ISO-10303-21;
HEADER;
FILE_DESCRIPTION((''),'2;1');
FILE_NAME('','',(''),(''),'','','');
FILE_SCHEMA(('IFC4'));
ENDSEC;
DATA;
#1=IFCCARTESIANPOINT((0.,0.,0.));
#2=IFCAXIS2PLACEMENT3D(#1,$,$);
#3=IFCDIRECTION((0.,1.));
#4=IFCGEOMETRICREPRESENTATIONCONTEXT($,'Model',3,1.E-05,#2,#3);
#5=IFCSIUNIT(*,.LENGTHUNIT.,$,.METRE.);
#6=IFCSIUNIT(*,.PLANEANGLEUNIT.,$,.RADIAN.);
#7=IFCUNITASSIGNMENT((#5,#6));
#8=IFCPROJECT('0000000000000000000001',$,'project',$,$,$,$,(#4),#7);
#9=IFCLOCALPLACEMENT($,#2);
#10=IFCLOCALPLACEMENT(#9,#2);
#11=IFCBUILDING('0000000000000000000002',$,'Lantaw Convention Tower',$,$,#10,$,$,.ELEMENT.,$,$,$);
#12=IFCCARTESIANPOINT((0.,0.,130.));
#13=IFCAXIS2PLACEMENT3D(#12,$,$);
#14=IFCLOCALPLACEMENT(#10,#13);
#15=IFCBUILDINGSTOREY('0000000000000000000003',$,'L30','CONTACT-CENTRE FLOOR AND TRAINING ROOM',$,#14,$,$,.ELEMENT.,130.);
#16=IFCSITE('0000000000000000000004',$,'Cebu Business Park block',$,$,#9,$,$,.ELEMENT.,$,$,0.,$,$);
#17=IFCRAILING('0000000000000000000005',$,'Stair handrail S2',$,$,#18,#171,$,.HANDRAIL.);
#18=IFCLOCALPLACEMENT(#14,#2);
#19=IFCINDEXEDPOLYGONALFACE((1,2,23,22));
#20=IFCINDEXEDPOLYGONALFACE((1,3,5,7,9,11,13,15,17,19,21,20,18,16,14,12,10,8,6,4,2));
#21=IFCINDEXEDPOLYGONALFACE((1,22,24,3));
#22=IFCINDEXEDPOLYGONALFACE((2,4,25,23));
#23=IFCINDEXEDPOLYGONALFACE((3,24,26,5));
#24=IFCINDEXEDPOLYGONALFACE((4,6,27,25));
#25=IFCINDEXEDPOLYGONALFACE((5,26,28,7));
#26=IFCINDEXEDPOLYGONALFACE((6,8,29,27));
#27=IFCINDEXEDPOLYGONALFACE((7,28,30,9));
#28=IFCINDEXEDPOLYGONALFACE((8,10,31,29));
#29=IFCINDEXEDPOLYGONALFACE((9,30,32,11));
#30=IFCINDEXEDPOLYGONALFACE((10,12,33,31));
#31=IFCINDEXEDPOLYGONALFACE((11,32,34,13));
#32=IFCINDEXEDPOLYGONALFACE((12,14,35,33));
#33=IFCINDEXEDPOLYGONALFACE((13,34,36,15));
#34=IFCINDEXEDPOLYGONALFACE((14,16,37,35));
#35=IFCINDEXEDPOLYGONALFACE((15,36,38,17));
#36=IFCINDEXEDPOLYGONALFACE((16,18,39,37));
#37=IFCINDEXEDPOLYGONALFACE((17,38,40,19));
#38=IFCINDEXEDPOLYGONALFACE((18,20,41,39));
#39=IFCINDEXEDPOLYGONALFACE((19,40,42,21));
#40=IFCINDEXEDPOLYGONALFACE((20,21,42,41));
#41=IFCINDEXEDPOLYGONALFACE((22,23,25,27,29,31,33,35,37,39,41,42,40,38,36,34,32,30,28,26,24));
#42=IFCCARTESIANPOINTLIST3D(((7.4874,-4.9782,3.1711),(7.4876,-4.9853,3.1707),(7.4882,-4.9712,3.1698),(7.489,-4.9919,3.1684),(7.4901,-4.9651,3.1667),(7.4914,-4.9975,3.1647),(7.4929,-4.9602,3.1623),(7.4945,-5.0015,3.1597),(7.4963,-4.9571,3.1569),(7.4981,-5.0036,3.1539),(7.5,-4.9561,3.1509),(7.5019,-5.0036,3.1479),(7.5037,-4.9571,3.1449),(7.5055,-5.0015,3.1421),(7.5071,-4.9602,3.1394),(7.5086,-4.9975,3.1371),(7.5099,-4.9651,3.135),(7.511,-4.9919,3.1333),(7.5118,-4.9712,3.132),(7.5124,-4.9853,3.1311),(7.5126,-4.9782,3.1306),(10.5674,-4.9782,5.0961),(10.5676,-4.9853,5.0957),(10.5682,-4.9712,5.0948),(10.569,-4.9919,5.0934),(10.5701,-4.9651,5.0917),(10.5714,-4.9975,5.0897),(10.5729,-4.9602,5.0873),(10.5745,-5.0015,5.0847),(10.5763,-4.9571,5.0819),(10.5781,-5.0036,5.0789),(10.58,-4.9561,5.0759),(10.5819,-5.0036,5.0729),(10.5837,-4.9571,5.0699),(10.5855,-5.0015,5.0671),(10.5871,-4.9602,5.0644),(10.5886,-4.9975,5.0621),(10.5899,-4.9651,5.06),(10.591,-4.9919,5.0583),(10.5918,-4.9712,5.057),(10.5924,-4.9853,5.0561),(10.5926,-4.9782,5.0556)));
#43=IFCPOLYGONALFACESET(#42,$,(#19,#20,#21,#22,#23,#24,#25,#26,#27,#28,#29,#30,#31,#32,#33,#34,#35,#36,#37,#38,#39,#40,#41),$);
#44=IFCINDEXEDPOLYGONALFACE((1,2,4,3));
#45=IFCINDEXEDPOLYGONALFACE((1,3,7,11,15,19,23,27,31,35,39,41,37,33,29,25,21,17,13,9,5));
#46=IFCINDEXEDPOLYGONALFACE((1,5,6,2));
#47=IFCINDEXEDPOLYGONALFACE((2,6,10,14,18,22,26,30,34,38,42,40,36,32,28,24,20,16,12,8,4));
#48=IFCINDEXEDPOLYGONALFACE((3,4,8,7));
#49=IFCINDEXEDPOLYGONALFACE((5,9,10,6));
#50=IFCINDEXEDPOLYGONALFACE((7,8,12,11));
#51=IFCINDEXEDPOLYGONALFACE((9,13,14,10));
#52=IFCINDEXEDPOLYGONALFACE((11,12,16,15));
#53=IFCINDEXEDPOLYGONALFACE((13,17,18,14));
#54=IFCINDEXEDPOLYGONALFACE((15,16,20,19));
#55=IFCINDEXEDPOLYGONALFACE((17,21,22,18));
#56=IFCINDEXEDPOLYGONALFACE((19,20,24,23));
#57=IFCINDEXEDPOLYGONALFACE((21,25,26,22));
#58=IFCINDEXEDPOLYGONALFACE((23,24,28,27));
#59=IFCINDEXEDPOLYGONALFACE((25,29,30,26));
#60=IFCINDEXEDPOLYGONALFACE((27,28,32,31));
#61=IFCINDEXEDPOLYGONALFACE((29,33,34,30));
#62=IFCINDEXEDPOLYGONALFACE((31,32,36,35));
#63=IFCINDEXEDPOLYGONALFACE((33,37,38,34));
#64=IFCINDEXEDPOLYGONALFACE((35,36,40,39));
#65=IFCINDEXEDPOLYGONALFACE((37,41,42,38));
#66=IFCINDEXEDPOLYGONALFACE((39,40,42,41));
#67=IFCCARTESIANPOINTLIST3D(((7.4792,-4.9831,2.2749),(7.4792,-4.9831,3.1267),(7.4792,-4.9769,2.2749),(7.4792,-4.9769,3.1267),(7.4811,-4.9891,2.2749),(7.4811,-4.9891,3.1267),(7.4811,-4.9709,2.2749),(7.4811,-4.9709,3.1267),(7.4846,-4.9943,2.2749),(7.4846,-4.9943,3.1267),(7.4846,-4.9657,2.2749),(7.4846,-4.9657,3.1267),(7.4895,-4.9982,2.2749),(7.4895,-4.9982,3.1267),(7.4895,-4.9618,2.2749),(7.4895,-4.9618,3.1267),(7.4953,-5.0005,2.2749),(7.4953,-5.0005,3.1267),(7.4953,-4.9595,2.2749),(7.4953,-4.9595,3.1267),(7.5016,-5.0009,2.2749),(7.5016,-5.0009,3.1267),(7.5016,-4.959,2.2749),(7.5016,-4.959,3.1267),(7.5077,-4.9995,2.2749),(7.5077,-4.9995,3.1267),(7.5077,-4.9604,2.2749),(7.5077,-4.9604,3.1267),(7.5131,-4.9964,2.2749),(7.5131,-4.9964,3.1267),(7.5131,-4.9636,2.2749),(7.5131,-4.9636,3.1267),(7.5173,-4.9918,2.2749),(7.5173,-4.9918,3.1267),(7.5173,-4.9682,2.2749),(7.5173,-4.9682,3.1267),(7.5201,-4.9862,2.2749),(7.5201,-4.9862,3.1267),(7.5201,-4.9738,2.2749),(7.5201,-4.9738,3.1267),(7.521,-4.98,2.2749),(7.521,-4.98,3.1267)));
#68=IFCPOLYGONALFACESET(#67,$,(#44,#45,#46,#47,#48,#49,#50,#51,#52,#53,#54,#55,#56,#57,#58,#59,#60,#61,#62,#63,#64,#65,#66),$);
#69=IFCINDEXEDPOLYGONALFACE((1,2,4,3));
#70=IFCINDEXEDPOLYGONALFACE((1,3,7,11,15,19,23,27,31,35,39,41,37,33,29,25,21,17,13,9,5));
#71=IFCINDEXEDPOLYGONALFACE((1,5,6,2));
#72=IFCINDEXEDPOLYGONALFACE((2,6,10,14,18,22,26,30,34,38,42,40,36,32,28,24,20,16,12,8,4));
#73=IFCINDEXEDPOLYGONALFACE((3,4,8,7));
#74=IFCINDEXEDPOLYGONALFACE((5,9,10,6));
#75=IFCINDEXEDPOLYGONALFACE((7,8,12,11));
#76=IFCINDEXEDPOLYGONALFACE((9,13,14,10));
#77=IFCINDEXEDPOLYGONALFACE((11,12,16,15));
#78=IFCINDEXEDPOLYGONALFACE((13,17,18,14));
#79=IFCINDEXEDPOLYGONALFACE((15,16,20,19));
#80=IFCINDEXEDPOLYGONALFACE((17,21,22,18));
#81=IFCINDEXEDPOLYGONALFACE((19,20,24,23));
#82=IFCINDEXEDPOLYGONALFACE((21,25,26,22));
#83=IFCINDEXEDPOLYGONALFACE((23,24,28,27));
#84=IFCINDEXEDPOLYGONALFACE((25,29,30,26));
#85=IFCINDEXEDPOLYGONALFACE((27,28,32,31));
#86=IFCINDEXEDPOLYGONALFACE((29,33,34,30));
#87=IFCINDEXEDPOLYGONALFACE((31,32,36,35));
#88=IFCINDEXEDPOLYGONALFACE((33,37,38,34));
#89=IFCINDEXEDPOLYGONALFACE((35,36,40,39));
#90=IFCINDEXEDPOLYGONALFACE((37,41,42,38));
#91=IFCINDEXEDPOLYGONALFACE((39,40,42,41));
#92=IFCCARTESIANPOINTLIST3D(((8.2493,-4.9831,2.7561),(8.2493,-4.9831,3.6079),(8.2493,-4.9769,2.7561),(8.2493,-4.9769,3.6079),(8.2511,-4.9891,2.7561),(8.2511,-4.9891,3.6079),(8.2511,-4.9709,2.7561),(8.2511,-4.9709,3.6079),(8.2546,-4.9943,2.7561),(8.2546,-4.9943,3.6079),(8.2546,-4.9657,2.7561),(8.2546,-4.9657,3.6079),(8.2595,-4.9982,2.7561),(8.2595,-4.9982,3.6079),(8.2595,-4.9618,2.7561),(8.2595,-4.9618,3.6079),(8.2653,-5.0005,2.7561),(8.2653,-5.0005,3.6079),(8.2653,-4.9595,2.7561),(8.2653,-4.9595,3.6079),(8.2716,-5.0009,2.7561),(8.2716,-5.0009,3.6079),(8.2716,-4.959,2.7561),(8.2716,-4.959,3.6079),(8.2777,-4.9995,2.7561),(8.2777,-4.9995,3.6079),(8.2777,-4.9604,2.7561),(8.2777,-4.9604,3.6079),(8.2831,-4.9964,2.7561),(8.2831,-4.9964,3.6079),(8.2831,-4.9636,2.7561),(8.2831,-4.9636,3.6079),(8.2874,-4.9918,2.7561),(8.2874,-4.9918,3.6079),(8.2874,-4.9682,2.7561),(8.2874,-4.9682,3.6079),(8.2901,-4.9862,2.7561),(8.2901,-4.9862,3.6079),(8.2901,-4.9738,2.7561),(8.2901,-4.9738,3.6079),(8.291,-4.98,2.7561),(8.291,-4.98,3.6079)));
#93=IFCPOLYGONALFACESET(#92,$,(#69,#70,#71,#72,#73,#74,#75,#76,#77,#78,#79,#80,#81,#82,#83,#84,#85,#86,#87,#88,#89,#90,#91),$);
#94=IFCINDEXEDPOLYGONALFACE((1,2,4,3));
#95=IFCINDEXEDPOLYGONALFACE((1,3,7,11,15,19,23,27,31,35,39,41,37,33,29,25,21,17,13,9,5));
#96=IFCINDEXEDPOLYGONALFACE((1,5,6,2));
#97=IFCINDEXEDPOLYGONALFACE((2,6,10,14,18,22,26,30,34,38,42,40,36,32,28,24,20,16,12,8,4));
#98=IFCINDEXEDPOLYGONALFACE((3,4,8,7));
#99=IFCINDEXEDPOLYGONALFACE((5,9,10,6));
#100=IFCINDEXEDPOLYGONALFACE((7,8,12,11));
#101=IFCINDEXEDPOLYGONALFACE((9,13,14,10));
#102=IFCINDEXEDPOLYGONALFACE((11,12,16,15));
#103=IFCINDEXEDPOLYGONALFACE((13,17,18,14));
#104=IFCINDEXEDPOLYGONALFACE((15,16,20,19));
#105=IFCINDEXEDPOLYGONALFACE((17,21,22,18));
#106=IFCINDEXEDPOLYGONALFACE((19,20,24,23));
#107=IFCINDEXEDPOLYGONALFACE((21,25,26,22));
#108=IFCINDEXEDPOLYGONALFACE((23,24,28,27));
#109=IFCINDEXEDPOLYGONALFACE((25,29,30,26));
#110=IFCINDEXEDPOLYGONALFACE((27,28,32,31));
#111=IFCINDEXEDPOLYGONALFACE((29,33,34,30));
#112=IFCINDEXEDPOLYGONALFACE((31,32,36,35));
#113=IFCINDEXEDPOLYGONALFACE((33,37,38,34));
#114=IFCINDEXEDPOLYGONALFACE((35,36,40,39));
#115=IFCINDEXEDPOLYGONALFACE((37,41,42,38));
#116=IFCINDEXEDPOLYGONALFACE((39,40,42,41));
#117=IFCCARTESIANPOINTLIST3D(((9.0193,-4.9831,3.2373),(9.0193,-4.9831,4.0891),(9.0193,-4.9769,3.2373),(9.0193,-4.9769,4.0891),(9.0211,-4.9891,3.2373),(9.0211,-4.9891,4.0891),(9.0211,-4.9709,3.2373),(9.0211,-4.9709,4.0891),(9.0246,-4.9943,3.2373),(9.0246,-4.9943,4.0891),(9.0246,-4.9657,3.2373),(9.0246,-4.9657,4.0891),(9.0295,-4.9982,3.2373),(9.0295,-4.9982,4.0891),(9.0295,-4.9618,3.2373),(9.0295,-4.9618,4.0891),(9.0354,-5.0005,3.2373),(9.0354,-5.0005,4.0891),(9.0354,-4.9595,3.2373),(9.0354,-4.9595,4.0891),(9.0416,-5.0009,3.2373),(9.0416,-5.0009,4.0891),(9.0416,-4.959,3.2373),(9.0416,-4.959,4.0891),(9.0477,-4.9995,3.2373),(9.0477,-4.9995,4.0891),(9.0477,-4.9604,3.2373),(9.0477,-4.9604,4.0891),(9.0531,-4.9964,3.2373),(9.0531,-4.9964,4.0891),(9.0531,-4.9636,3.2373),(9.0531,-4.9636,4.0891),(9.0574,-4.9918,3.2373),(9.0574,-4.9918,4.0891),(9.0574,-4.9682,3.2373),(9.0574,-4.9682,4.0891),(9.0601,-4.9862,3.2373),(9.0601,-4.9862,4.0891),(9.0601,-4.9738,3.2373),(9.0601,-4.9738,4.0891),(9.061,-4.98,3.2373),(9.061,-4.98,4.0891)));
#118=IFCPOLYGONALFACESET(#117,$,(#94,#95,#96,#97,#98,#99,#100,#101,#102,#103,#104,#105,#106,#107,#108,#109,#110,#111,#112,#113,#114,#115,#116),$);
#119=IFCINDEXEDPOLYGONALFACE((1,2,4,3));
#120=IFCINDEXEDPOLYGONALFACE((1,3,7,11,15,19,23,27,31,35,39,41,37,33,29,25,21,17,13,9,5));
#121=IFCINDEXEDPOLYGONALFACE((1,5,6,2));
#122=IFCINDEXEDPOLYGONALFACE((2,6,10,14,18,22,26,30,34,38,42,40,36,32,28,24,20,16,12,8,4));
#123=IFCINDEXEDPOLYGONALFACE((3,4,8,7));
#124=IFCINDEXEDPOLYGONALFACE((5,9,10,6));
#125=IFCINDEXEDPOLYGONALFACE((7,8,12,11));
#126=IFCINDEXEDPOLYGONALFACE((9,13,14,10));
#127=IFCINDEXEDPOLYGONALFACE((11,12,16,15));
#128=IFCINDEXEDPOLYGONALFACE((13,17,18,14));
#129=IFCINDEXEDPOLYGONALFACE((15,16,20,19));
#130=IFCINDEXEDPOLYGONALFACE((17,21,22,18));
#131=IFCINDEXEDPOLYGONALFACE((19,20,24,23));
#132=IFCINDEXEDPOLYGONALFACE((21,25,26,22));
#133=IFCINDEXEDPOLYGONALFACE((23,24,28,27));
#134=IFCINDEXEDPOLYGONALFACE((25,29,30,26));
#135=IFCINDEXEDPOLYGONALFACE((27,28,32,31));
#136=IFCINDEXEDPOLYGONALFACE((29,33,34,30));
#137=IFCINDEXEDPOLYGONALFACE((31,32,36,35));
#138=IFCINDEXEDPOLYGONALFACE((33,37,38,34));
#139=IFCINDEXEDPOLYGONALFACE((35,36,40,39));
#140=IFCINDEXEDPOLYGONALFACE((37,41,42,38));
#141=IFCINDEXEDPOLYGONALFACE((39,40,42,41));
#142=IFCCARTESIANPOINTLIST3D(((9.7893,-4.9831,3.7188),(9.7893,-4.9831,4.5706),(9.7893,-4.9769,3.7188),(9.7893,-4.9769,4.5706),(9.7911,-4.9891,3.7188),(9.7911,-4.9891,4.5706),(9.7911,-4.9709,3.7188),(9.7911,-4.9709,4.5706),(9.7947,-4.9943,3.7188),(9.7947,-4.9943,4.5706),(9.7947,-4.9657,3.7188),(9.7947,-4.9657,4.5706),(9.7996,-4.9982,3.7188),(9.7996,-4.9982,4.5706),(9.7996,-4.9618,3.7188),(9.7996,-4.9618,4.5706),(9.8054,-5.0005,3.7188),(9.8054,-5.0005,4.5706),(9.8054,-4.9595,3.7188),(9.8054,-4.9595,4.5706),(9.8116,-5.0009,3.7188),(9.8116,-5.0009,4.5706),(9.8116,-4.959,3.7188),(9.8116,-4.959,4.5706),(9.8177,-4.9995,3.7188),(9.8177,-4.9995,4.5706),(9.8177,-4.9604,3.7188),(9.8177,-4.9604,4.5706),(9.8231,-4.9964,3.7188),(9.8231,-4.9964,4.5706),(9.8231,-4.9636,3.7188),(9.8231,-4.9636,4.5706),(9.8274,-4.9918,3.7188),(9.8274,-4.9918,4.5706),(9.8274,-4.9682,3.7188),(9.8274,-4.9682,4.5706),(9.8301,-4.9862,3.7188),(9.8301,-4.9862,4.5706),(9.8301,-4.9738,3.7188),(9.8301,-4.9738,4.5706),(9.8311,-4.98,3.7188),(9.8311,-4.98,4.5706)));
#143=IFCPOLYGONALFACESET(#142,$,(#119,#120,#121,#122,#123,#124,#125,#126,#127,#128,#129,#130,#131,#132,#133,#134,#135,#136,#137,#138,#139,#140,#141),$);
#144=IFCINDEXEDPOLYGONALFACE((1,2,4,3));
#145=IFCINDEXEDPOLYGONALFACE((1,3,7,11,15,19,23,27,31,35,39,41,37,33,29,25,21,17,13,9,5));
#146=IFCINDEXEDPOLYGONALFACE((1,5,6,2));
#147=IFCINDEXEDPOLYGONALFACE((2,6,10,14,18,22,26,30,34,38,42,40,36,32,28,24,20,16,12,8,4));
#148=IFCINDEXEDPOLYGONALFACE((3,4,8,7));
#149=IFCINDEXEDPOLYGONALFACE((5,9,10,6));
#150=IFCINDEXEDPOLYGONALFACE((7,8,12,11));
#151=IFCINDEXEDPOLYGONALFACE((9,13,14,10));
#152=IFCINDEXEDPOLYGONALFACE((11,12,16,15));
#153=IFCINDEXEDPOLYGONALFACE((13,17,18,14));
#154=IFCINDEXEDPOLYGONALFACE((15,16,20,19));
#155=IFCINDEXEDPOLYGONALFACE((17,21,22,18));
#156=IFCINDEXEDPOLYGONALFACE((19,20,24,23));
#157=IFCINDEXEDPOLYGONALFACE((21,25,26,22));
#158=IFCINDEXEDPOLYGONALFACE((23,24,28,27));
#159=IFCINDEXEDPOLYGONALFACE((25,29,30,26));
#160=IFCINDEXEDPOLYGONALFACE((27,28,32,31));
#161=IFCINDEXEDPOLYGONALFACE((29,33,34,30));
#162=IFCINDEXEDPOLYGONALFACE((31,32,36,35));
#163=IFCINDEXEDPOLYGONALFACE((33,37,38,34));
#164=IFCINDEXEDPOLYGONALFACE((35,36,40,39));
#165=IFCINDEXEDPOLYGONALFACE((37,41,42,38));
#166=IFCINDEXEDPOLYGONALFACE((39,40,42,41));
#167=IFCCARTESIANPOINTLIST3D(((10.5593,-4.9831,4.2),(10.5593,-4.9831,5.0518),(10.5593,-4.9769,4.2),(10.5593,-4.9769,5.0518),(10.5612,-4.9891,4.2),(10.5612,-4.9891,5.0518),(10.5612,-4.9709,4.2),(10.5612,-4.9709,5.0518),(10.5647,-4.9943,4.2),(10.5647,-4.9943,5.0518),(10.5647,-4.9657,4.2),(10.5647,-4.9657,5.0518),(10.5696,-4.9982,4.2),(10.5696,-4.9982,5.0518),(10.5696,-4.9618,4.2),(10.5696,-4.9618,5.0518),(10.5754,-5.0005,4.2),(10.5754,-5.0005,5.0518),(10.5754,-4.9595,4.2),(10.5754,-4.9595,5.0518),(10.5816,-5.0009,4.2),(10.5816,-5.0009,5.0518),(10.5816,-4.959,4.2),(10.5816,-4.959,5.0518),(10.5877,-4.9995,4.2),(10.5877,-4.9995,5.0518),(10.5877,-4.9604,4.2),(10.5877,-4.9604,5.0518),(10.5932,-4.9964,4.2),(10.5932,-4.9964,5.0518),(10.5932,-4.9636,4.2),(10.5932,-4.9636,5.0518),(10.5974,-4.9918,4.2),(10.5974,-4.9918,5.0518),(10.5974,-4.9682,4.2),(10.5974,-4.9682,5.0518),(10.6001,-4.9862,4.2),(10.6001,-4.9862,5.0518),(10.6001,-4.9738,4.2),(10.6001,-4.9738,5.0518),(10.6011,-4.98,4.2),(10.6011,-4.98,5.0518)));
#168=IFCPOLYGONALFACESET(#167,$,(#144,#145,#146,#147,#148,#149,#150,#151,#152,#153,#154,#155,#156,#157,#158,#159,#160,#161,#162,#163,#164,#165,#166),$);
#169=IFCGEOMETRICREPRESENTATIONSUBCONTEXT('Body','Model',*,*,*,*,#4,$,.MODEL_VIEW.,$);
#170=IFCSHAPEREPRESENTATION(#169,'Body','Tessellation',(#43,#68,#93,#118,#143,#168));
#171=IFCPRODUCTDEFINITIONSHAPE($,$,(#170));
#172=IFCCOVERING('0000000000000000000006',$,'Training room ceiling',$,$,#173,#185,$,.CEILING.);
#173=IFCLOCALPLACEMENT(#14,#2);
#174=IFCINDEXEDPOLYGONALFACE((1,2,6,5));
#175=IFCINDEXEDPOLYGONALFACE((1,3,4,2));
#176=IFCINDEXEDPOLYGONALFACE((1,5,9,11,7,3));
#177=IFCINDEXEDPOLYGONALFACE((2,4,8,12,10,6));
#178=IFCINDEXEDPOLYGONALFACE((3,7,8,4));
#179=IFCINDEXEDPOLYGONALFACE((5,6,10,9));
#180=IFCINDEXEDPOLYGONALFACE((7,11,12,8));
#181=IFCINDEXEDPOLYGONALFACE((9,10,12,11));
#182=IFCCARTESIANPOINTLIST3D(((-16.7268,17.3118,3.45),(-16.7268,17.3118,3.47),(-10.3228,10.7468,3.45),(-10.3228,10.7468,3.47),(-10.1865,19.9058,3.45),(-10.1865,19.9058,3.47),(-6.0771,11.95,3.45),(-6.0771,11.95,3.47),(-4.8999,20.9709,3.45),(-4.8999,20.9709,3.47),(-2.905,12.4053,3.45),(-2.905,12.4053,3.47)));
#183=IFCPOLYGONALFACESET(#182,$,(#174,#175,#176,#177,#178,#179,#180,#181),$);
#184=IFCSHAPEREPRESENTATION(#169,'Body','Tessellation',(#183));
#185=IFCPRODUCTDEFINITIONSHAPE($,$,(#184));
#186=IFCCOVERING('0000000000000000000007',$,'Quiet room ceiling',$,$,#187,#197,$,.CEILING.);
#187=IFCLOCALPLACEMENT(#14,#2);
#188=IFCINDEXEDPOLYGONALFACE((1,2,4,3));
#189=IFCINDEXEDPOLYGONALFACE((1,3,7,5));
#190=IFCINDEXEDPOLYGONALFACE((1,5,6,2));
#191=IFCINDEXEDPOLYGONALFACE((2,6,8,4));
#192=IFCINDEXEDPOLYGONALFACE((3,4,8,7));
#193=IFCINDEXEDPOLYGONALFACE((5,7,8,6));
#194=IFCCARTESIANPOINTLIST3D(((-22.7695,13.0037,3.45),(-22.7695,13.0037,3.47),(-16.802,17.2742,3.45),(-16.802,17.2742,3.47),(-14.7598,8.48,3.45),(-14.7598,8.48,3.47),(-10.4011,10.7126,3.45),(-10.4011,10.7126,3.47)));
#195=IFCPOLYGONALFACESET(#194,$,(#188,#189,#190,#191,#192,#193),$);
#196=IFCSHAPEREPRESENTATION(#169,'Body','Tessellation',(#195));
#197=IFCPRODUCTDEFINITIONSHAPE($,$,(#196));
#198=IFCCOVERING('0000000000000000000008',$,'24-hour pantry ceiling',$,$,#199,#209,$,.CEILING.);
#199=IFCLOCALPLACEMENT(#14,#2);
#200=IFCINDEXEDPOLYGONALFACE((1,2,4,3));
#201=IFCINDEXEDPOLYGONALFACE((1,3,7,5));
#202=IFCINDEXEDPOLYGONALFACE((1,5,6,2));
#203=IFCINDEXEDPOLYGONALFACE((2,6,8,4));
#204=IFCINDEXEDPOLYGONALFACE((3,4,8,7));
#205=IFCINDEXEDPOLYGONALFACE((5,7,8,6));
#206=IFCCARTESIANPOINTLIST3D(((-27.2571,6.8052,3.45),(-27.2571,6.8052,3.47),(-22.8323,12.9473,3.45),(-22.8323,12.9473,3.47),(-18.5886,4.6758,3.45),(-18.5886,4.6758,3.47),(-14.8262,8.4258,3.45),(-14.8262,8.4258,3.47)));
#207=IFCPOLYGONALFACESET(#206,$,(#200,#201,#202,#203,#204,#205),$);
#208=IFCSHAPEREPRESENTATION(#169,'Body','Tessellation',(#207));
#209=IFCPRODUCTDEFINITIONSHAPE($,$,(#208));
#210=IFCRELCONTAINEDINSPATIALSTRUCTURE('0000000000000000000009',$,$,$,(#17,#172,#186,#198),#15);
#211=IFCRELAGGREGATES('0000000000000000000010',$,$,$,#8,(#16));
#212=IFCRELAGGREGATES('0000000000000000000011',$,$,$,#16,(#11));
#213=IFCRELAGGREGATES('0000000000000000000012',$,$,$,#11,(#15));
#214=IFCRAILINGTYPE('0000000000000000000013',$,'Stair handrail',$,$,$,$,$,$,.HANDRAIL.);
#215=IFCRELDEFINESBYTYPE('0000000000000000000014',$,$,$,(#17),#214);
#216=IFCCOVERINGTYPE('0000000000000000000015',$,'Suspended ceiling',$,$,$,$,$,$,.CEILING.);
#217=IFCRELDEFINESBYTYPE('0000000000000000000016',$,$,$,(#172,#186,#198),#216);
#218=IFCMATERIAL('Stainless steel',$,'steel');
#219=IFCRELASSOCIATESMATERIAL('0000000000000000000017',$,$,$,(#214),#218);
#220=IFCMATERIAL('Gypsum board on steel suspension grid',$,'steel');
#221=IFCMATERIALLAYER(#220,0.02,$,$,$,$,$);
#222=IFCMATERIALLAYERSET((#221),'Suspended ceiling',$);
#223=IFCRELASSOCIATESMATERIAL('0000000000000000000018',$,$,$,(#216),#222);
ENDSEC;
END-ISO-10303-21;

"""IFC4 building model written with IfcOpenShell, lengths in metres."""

from ifc_helpers import new_model, si_unit, direction, frame, origin, origin_2d, place, context, subcontext, project, spatial, polyline, circle, outline, extrude, material, layer, layer_set, type_object, element, save


model = new_model("IFC4")

# Units and contexts
model_context = context("Model", 3, precision=1e-05, world=origin(), true_north=direction((0.0, 1.0)))
body_context = subcontext(model_context, "Body", "Model", "MODEL_VIEW")
ifc_project = project(units=[si_unit("LENGTHUNIT", "METRE"), si_unit("PLANEANGLEUNIT", "RADIAN")], contexts=[model_context])

# Site, building, storey
site_placement = place(None, origin())
site = spatial("IfcSite", under=ifc_project, at=site_placement, Name="Cebu Business Park block", CompositionType="ELEMENT", RefElevation=0.0)
building_placement = place(site_placement, origin())
building = spatial("IfcBuilding", under=site, at=building_placement, Name="Lantaw Convention Tower", CompositionType="ELEMENT")
storey_placement = place(building_placement, frame((0.0, 0.0, 130.0)))
storey = spatial("IfcBuildingStorey", under=building, at=storey_placement, Name="L30", Description="CONTACT-CENTRE FLOOR AND TRAINING ROOM", CompositionType="ELEMENT", Elevation=130.0)

# Railing
ifc_material_1 = material(Name="Stainless steel", Category="steel")
railing_type = type_object("IfcRailingType", Name="Stair handrail", PredefinedType="HANDRAIL", material=ifc_material_1)
railing_1_placement = place(storey_placement, frame((7.5, -4.98, 2.2749)))
element("IfcRailing", 1, at=railing_1_placement, inside=storey, type_object=railing_type, Name="Stair handrail S2", PredefinedType="HANDRAIL", context=body_context, shape_type="SweptSolid", body=[
    extrude(circle(Radius=0.0239, at=origin_2d()), frame((0.0, 0.0, 0.876), z_axis=(0.847998, 0.0, 0.529999), x_axis=(0.0, 1.0, 0.0)), (0.0, 0.0, 1.0), 3.6321),
    extrude(circle(Radius=0.021, at=origin_2d()), origin(), (0.0, 0.0, 1.0), 0.8518),
    extrude(circle(Radius=0.021, at=origin_2d()), frame((0.77, 0.0, 0.4812)), (0.0, 0.0, 1.0), 0.8518),
    extrude(circle(Radius=0.021, at=origin_2d()), frame((1.54, 0.0, 0.9624)), (0.0, 0.0, 1.0), 0.8518),
    extrude(circle(Radius=0.021, at=origin_2d()), frame((2.3101, 0.0, 1.4438)), (0.0, 0.0, 1.0), 0.8518),
    extrude(circle(Radius=0.021, at=origin_2d()), frame((3.0801, 0.0, 1.925)), (0.0, 0.0, 1.0), 0.8518),
])

# Coverings
ifc_material_2 = material(Name="Gypsum board on steel suspension grid", Category="steel")
ifc_layer_1 = layer(ifc_material_2, 0.02)
ifc_layer_set_1 = layer_set([ifc_layer_1], Name="Suspended ceiling")
covering_type = type_object("IfcCoveringType", Name="Suspended ceiling", PredefinedType="CEILING", material=ifc_layer_set_1)
covering_1_placement = place(storey_placement, frame((0.0, 0.0, 3.45)))
element("IfcCovering", 2, at=covering_1_placement, inside=storey, type_object=covering_type, Name="Training room ceiling", PredefinedType="CEILING", context=body_context, shape_type="SweptSolid", body=[
    extrude(outline(polyline([(-2.905, 12.4053), (-4.8999, 20.9709), (-10.1865, 19.9058), (-16.7268, 17.3118), (-10.3228, 10.7468), (-6.0771, 11.95), (-2.905, 12.4053)])), origin(), (0.0, 0.0, 1.0), 0.02),
])
covering_2_placement = place(storey_placement, frame((0.0, 0.0, 3.45)))
element("IfcCovering", 3, at=covering_2_placement, inside=storey, type_object=covering_type, Name="Quiet room ceiling", PredefinedType="CEILING", context=body_context, shape_type="SweptSolid", body=[
    extrude(outline(polyline([(-10.4011, 10.7126), (-16.802, 17.2742), (-22.7695, 13.0037), (-14.7598, 8.48), (-10.4011, 10.7126)])), origin(), (0.0, 0.0, 1.0), 0.02),
])
covering_3_placement = place(storey_placement, frame((0.0, 0.0, 3.45)))
element("IfcCovering", 4, at=covering_3_placement, inside=storey, type_object=covering_type, Name="24-hour pantry ceiling", PredefinedType="CEILING", context=body_context, shape_type="SweptSolid", body=[
    extrude(outline(polyline([(-14.8262, 8.4258), (-22.8323, 12.9473), (-27.2571, 6.8052), (-18.5886, 4.6758), (-14.8262, 8.4258)])), origin(), (0.0, 0.0, 1.0), 0.02),
])

save(model, "model.ifc")
